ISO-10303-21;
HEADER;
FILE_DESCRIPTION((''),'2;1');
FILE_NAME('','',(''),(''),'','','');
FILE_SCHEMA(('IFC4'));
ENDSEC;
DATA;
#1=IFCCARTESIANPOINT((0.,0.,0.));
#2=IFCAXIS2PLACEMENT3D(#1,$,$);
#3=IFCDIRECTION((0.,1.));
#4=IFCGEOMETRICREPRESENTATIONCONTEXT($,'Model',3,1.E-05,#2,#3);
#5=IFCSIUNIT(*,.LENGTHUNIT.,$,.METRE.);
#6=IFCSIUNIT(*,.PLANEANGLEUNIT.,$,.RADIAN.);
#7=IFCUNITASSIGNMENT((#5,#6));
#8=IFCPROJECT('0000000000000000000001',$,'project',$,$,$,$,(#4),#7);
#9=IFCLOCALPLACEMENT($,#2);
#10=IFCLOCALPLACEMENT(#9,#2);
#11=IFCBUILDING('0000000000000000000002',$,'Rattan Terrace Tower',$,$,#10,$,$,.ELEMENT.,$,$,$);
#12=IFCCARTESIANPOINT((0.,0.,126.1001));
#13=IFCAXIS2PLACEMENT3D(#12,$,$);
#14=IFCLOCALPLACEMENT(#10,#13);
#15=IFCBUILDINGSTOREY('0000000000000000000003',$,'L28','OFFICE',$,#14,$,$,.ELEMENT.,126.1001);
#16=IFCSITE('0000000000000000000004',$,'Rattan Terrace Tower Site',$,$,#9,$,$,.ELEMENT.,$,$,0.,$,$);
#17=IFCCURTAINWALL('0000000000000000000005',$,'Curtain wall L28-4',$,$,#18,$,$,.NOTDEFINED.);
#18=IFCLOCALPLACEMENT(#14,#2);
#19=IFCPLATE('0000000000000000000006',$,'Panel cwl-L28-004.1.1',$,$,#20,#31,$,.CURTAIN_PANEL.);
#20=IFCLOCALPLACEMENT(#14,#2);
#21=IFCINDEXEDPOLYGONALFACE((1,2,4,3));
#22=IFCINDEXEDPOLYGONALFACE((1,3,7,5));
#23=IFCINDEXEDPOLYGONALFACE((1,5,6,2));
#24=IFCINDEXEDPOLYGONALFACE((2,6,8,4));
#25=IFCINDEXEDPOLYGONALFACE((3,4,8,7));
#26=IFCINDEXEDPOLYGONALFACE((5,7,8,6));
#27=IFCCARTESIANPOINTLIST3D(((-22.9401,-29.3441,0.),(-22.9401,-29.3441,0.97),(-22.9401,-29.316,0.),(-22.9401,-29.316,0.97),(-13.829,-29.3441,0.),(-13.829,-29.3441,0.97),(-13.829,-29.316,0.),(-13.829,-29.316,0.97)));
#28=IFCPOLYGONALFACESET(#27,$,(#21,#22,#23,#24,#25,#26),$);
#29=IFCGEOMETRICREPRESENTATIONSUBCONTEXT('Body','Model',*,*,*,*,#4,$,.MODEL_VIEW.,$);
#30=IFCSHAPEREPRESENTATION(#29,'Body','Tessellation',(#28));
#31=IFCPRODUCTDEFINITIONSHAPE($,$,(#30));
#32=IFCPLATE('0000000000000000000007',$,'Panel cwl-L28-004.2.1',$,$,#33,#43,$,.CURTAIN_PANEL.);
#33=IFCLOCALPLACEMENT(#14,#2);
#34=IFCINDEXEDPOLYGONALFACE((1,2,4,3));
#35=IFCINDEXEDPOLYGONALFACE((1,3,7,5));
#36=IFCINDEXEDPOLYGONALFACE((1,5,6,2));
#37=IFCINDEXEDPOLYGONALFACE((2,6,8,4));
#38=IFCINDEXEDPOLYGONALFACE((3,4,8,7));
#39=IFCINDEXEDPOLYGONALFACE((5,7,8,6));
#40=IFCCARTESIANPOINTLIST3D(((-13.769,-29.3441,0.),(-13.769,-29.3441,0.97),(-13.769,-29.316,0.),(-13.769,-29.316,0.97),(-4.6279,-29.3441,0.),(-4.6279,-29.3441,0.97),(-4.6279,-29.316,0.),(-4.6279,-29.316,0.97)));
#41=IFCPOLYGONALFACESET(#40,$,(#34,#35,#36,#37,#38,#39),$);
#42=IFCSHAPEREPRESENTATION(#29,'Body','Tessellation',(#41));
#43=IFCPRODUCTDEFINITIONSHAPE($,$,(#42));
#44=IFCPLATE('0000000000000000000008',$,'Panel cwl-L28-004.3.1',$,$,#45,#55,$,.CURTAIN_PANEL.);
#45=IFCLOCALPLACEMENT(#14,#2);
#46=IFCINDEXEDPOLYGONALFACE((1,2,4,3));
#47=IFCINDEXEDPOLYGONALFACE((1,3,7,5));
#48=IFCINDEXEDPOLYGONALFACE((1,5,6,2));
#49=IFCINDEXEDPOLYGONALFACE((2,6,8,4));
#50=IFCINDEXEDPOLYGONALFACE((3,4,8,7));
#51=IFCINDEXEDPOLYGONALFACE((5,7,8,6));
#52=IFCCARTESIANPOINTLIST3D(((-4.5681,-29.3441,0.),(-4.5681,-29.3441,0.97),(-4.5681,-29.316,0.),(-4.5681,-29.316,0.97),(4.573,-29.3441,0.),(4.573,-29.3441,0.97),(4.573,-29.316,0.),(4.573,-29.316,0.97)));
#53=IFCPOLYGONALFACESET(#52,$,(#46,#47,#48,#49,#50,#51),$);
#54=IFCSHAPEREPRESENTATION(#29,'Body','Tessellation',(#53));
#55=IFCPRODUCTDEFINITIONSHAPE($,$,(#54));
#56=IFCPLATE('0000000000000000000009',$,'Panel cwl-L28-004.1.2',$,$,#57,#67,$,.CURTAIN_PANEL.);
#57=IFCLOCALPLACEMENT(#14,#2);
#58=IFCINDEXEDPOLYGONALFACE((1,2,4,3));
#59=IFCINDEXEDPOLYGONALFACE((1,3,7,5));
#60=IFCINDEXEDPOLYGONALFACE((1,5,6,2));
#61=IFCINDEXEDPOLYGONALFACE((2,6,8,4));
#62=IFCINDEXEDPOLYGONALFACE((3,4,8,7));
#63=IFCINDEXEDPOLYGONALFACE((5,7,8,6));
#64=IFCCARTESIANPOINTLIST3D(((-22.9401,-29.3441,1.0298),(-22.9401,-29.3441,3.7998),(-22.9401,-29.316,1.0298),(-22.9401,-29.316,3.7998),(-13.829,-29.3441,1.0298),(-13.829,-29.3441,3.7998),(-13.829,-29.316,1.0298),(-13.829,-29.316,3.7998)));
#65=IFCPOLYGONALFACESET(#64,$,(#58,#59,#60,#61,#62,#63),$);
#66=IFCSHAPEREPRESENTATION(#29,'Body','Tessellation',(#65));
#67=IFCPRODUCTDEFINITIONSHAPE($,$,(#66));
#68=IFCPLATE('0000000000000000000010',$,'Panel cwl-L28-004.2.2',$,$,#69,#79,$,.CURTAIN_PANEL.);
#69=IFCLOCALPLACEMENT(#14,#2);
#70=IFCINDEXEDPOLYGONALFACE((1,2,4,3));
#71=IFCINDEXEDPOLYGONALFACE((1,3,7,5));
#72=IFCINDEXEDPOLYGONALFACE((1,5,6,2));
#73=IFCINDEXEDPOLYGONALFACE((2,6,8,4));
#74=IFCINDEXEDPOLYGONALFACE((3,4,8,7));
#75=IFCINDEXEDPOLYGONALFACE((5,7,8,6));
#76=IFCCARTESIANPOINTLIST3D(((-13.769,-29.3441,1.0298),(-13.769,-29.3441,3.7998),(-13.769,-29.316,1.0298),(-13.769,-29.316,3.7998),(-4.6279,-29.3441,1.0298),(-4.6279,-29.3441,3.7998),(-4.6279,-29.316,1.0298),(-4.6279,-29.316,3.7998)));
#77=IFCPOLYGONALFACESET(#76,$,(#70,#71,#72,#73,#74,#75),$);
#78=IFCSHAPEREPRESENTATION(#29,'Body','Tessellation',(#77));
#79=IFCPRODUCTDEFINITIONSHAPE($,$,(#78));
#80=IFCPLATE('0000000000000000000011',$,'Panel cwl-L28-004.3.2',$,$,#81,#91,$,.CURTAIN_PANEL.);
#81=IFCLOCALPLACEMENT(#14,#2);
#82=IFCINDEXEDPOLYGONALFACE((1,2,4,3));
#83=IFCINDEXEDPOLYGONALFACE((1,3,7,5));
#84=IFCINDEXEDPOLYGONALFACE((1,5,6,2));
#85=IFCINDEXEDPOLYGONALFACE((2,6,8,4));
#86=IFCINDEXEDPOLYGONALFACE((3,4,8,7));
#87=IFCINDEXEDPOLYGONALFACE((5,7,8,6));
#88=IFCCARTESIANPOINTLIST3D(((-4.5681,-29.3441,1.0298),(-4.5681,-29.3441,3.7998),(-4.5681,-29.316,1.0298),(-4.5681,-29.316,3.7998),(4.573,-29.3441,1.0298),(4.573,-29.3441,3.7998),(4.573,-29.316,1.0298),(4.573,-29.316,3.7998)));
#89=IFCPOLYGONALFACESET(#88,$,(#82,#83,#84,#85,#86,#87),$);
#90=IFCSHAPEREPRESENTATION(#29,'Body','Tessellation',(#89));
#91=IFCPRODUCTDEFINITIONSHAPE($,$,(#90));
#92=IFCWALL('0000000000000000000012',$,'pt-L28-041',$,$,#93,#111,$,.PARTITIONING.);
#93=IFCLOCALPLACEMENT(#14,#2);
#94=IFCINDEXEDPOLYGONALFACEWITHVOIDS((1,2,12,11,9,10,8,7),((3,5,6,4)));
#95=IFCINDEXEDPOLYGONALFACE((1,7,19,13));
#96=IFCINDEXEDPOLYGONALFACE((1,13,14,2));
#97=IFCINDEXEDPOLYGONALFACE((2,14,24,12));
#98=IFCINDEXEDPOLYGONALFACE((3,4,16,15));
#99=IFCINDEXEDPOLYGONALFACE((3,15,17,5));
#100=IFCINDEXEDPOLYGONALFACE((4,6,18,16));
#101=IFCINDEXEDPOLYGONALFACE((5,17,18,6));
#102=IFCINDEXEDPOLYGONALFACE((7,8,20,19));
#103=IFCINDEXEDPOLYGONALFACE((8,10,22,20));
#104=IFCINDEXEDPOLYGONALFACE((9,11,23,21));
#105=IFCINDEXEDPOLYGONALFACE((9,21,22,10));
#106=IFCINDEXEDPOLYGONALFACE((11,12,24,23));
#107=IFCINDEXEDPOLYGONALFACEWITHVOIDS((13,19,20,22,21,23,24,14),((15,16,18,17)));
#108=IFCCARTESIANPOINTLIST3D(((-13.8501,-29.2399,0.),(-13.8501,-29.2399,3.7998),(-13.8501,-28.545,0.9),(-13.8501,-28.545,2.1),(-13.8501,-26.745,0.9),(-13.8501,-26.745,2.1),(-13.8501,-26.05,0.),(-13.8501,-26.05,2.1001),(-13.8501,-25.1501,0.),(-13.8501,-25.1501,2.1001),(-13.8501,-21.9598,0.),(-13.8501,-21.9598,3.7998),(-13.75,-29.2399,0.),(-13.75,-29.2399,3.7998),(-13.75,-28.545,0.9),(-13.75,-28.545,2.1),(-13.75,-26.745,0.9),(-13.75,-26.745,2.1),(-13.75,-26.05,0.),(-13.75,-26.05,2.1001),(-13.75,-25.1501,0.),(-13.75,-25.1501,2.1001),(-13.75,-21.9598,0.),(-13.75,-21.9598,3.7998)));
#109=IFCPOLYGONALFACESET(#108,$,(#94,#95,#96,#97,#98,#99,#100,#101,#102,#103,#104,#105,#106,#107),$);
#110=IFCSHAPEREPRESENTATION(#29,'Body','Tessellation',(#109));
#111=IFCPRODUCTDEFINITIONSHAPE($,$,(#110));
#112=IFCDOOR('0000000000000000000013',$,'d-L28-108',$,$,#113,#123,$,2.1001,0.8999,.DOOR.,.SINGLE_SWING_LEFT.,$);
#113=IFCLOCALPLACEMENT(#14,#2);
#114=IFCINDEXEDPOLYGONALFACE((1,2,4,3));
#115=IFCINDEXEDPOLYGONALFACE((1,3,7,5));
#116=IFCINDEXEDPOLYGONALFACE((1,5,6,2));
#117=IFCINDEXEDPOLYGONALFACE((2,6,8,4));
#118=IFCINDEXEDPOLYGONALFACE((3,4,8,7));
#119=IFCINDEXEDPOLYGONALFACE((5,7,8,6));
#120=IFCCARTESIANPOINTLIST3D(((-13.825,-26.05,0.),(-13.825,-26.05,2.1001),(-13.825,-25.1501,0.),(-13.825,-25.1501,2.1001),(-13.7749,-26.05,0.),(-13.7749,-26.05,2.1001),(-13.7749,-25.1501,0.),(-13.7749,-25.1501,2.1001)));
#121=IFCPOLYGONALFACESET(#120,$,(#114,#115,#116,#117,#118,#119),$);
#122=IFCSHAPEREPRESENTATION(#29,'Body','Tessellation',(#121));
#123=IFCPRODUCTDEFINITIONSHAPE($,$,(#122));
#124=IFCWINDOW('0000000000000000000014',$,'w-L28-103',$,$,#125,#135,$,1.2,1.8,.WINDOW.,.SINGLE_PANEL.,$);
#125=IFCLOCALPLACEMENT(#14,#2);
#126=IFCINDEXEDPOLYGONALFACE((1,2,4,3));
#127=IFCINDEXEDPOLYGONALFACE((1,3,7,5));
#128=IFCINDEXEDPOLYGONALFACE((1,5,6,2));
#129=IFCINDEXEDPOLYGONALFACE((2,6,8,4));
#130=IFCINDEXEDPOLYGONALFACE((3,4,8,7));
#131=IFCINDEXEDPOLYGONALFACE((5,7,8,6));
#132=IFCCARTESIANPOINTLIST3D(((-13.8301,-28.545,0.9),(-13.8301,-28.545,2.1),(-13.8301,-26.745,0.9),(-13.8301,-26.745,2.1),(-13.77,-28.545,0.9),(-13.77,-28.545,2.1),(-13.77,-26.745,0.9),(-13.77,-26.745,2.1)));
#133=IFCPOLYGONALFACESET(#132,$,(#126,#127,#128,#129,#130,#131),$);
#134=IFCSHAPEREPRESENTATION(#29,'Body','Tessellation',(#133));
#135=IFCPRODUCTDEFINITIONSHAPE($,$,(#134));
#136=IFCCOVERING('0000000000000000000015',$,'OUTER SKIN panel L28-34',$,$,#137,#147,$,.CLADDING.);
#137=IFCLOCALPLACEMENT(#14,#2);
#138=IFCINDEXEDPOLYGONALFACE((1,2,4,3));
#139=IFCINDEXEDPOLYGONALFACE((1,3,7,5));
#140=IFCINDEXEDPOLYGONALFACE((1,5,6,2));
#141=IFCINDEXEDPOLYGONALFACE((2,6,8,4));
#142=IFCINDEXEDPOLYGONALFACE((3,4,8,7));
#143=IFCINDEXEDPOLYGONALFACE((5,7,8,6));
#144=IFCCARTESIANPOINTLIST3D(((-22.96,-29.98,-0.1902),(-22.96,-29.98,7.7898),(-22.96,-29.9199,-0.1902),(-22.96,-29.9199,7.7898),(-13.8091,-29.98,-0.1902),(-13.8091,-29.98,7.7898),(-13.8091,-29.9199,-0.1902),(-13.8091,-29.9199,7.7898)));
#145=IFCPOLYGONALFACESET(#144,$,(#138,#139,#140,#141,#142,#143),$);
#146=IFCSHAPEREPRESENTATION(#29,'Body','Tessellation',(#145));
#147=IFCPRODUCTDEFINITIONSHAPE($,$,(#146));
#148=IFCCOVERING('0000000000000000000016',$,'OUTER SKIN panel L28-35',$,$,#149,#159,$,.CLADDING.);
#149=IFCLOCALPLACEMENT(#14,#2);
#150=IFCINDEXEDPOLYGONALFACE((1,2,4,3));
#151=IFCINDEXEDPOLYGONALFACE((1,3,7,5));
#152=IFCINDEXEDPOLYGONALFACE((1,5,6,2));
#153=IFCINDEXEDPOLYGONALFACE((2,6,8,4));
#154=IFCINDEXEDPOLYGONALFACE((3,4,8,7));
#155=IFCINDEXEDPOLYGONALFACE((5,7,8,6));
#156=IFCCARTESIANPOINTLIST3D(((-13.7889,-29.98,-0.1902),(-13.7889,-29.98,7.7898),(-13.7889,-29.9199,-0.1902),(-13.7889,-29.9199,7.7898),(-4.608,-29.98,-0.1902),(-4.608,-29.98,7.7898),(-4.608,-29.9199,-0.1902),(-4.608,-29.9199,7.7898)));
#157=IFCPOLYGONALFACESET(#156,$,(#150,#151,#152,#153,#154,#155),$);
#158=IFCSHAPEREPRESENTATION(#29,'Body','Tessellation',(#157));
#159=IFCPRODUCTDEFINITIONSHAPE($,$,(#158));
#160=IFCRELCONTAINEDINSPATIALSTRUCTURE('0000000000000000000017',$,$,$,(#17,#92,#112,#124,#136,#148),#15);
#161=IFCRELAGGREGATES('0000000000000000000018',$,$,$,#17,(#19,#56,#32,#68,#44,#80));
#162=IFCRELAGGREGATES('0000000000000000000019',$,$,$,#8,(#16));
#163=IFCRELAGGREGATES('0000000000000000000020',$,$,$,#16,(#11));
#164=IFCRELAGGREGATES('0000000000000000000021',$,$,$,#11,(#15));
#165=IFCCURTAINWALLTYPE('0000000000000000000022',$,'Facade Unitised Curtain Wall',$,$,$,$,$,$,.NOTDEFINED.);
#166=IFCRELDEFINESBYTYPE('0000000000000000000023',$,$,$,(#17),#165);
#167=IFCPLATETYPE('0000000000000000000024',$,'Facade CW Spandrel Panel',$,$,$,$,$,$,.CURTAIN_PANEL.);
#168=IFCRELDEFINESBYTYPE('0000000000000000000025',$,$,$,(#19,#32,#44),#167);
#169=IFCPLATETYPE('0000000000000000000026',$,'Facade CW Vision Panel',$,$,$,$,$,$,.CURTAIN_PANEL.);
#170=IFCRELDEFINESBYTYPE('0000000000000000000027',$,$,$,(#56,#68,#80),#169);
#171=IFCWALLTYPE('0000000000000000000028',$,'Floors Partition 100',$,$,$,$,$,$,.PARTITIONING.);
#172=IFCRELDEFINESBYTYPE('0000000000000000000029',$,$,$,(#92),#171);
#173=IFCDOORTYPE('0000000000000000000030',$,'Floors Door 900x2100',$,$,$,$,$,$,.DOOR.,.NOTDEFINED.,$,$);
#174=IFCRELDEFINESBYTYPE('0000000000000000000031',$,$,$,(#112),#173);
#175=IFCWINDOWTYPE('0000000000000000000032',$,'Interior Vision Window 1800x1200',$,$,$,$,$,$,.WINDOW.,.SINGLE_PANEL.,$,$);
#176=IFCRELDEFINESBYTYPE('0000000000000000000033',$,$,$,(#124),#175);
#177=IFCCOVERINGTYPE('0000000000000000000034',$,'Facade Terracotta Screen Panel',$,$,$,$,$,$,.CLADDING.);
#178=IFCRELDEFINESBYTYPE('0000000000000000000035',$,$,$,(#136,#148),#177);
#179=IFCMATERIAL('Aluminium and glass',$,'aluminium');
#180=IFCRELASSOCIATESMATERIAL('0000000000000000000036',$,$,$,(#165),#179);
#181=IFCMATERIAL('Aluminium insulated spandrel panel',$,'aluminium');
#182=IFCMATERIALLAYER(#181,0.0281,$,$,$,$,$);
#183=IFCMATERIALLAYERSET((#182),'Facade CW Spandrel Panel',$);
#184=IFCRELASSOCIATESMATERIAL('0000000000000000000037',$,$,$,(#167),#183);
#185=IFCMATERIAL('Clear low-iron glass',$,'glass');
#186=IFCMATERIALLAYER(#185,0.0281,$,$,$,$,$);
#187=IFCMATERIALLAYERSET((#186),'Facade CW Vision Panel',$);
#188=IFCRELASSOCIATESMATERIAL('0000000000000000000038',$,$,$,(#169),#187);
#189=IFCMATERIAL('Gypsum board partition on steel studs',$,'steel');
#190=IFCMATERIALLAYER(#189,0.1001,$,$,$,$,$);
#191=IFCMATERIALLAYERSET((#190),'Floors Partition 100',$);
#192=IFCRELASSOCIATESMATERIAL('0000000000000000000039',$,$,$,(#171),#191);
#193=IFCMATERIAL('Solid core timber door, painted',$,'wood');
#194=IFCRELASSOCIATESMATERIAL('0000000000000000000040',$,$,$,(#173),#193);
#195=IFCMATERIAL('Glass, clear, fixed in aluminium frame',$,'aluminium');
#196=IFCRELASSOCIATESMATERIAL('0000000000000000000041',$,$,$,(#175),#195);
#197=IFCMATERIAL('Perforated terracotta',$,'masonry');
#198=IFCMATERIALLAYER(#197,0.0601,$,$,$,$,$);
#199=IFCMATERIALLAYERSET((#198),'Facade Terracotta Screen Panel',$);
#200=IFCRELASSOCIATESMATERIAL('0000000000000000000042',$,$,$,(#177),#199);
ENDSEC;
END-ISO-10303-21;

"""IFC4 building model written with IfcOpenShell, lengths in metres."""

from ifc_helpers import new_model, si_unit, direction, frame, frame_2d, origin, origin_2d, place, context, subcontext, project, spatial, rectangle, extrude, material, layer, layer_set, type_object, element, fill, aggregate, save


model = new_model("IFC4")

# Units and contexts
model_context = context("Model", 3, precision=1e-05, world=origin(), true_north=direction((0.0, 1.0)))
body_context = subcontext(model_context, "Body", "Model", "MODEL_VIEW")
ifc_project = project(units=[si_unit("LENGTHUNIT", "METRE"), si_unit("PLANEANGLEUNIT", "RADIAN")], contexts=[model_context])

# Site, building, storey
site_placement = place(None, origin())
site = spatial("IfcSite", under=ifc_project, at=site_placement, Name="Rattan Terrace Tower Site", CompositionType="ELEMENT", RefElevation=0.0)
building_placement = place(site_placement, origin())
building = spatial("IfcBuilding", under=site, at=building_placement, Name="Rattan Terrace Tower", CompositionType="ELEMENT")
storey_placement = place(building_placement, frame((0.0, 0.0, 126.1001)))
storey = spatial("IfcBuildingStorey", under=building, at=storey_placement, Name="L28", Description="OFFICE", CompositionType="ELEMENT", Elevation=126.1001)

# Curtain wall
ifc_material_1 = material(Name="Aluminium and glass", Category="aluminium")
curtain_wall_type = type_object("IfcCurtainWallType", Name="Facade Unitised Curtain Wall", PredefinedType="NOTDEFINED", material=ifc_material_1)
curtain_wall_placement = place(storey_placement, origin())
curtain_wall = element("IfcCurtainWall", 1, at=curtain_wall_placement, inside=storey, type_object=curtain_wall_type, Name="Curtain wall L28-4", PredefinedType="NOTDEFINED")

# Plates
ifc_material_2 = material(Name="Aluminium insulated spandrel panel", Category="aluminium")
ifc_layer_1 = layer(ifc_material_2, 0.0281)
ifc_layer_set_1 = layer_set([ifc_layer_1], Name="Facade CW Spandrel Panel")
plate_type_1 = type_object("IfcPlateType", Name="Facade CW Spandrel Panel", PredefinedType="CURTAIN_PANEL", material=ifc_layer_set_1)
plate_1_placement = place(storey_placement, frame((-18.3845, -29.3301, 0.0), z_axis=(0.0, 0.0, 1.0), x_axis=(1.0, 0.0, 0.0)))
plate_1 = element("IfcPlate", 2, at=plate_1_placement, type_object=plate_type_1, Name="Panel cwl-L28-004.1.1", PredefinedType="CURTAIN_PANEL", context=body_context, shape_type="SweptSolid", body=[
    extrude(rectangle(XDim=9.1111, YDim=0.0281, at=origin_2d()), origin(), (0.0, 0.0, 1.0), 0.97),
])
plate_2_placement = place(storey_placement, frame((-9.1985, -29.3301, 0.0), z_axis=(0.0, 0.0, 1.0), x_axis=(1.0, 0.0, 0.0)))
plate_2 = element("IfcPlate", 3, at=plate_2_placement, type_object=plate_type_1, Name="Panel cwl-L28-004.2.1", PredefinedType="CURTAIN_PANEL", context=body_context, shape_type="SweptSolid", body=[
    extrude(rectangle(XDim=9.1411, YDim=0.0281, at=origin_2d()), origin(), (0.0, 0.0, 1.0), 0.97),
])
plate_3_placement = place(storey_placement, frame((0.0024, -29.3301, 0.0), z_axis=(0.0, 0.0, 1.0), x_axis=(1.0, 0.0, 0.0)))
plate_3 = element("IfcPlate", 4, at=plate_3_placement, type_object=plate_type_1, Name="Panel cwl-L28-004.3.1", PredefinedType="CURTAIN_PANEL", context=body_context, shape_type="SweptSolid", body=[
    extrude(rectangle(XDim=9.1411, YDim=0.0281, at=origin_2d()), origin(), (0.0, 0.0, 1.0), 0.97),
])
ifc_material_3 = material(Name="Clear low-iron glass", Category="glass")
ifc_layer_2 = layer(ifc_material_3, 0.0281)
ifc_layer_set_2 = layer_set([ifc_layer_2], Name="Facade CW Vision Panel")
plate_type_2 = type_object("IfcPlateType", Name="Facade CW Vision Panel", PredefinedType="CURTAIN_PANEL", material=ifc_layer_set_2)
plate_4_placement = place(storey_placement, frame((-18.3845, -29.3301, 1.0298), z_axis=(0.0, 0.0, 1.0), x_axis=(1.0, 0.0, 0.0)))
plate_4 = element("IfcPlate", 5, at=plate_4_placement, type_object=plate_type_2, Name="Panel cwl-L28-004.1.2", PredefinedType="CURTAIN_PANEL", context=body_context, shape_type="SweptSolid", body=[
    extrude(rectangle(XDim=9.1111, YDim=0.0281, at=origin_2d()), origin(), (0.0, 0.0, 1.0), 2.77),
])
plate_5_placement = place(storey_placement, frame((-9.1985, -29.3301, 1.0298), z_axis=(0.0, 0.0, 1.0), x_axis=(1.0, 0.0, 0.0)))
plate_5 = element("IfcPlate", 6, at=plate_5_placement, type_object=plate_type_2, Name="Panel cwl-L28-004.2.2", PredefinedType="CURTAIN_PANEL", context=body_context, shape_type="SweptSolid", body=[
    extrude(rectangle(XDim=9.1411, YDim=0.0281, at=origin_2d()), origin(), (0.0, 0.0, 1.0), 2.77),
])
plate_6_placement = place(storey_placement, frame((0.0024, -29.3301, 1.0298), z_axis=(0.0, 0.0, 1.0), x_axis=(1.0, 0.0, 0.0)))
plate_6 = element("IfcPlate", 7, at=plate_6_placement, type_object=plate_type_2, Name="Panel cwl-L28-004.3.2", PredefinedType="CURTAIN_PANEL", context=body_context, shape_type="SweptSolid", body=[
    extrude(rectangle(XDim=9.1411, YDim=0.0281, at=origin_2d()), origin(), (0.0, 0.0, 1.0), 2.77),
])
aggregate(curtain_wall, [plate_1, plate_4, plate_2, plate_5, plate_3, plate_6])

# Wall, openings, door, window
ifc_material_4 = material(Name="Gypsum board partition on steel studs", Category="steel")
ifc_layer_3 = layer(ifc_material_4, 0.1001)
ifc_layer_set_3 = layer_set([ifc_layer_3], Name="Floors Partition 100")
wall_type = type_object("IfcWallType", Name="Floors Partition 100", PredefinedType="PARTITIONING", material=ifc_layer_set_3)
wall_placement = place(storey_placement, frame((-13.8, -29.24, 0.0), z_axis=(0.0, 0.0, 1.0), x_axis=(0.0, 1.0, 0.0)))
wall = element("IfcWall", 8, at=wall_placement, inside=storey, type_object=wall_type, Name="pt-L28-041", PredefinedType="PARTITIONING", context=body_context, shape_type="SweptSolid", body=[
    extrude(rectangle(XDim=7.28, YDim=0.1001, at=frame_2d((3.6401, 0.0))), origin(), (0.0, 0.0, 1.0), 3.7998),
])
opening_1_placement = place(wall_placement, frame((3.1899, 0.0, 0.0)))
opening_1 = element("IfcOpeningElement", 9, at=opening_1_placement, cuts=wall, PredefinedType="OPENING", context=body_context, shape_type="SweptSolid", body=[
    extrude(rectangle(XDim=0.8999, YDim=2.1001, at=frame_2d((0.45, 1.05))), frame((0.0, 0.0605, 0.0), z_axis=(0.0, -1.0, 0.0), x_axis=(1.0, 0.0, 0.0)), (0.0, 0.0, 1.0), 0.1211),
])
opening_2_placement = place(wall_placement, frame((0.6951, 0.0, 0.8999)))
opening_2 = element("IfcOpeningElement", 10, at=opening_2_placement, cuts=wall, PredefinedType="OPENING", context=body_context, shape_type="SweptSolid", body=[
    extrude(rectangle(XDim=1.8, YDim=1.2, at=frame_2d((0.8999, 0.6001))), frame((0.0, 0.0605, 0.0), z_axis=(0.0, -1.0, 0.0), x_axis=(1.0, 0.0, 0.0)), (0.0, 0.0, 1.0), 0.1211),
])
ifc_material_5 = material(Name="Solid core timber door, painted", Category="wood")
door_type = type_object("IfcDoorType", Name="Floors Door 900x2100", OperationType="NOTDEFINED", PredefinedType="DOOR", material=ifc_material_5)
door_placement = place(opening_1_placement, origin())
door = element("IfcDoor", 11, at=door_placement, inside=storey, type_object=door_type, Name="d-L28-108", OperationType="SINGLE_SWING_LEFT", OverallHeight=2.1001, OverallWidth=0.8999, PredefinedType="DOOR", context=body_context, shape_type="SweptSolid", body=[
    extrude(rectangle(XDim=0.8999, YDim=2.1001, at=frame_2d((0.45, 1.05))), frame((0.0, 0.0249, 0.0), z_axis=(0.0, -1.0, 0.0), x_axis=(1.0, 0.0, 0.0)), (0.0, 0.0, 1.0), 0.05),
])
fill(opening_1, door)
ifc_material_6 = material(Name="Glass, clear, fixed in aluminium frame", Category="aluminium")
window_type = type_object("IfcWindowType", Name="Interior Vision Window 1800x1200", PartitioningType="SINGLE_PANEL", PredefinedType="WINDOW", material=ifc_material_6)
window_placement = place(opening_2_placement, origin())
window = element("IfcWindow", 12, at=window_placement, inside=storey, type_object=window_type, Name="w-L28-103", OverallHeight=1.2, OverallWidth=1.8, PartitioningType="SINGLE_PANEL", PredefinedType="WINDOW", context=body_context, shape_type="SweptSolid", body=[
    extrude(rectangle(XDim=1.8, YDim=1.2, at=frame_2d((0.8999, 0.6001))), frame((0.0, 0.03, 0.0), z_axis=(0.0, -1.0, 0.0), x_axis=(1.0, 0.0, 0.0)), (0.0, 0.0, 1.0), 0.0601),
])
fill(opening_2, window)

# Coverings
ifc_material_7 = material(Name="Perforated terracotta", Category="masonry")
ifc_layer_4 = layer(ifc_material_7, 0.0601)
ifc_layer_set_4 = layer_set([ifc_layer_4], Name="Facade Terracotta Screen Panel")
covering_type = type_object("IfcCoveringType", Name="Facade Terracotta Screen Panel", PredefinedType="CLADDING", material=ifc_layer_set_4)
covering_1_placement = place(storey_placement, frame((-18.3845, -29.95, -0.1902), z_axis=(0.0, 0.0, 1.0), x_axis=(1.0, 0.0, 0.0)))
element("IfcCovering", 13, at=covering_1_placement, inside=storey, type_object=covering_type, Name="OUTER SKIN panel L28-34", PredefinedType="CLADDING", context=body_context, shape_type="SweptSolid", body=[
    extrude(rectangle(XDim=9.1509, YDim=0.0601, at=origin_2d()), origin(), (0.0, 0.0, 1.0), 7.98),
])
covering_2_placement = place(storey_placement, frame((-9.1985, -29.95, -0.1902), z_axis=(0.0, 0.0, 1.0), x_axis=(1.0, 0.0, 0.0)))
element("IfcCovering", 14, at=covering_2_placement, inside=storey, type_object=covering_type, Name="OUTER SKIN panel L28-35", PredefinedType="CLADDING", context=body_context, shape_type="SweptSolid", body=[
    extrude(rectangle(XDim=9.1809, YDim=0.0601, at=origin_2d()), origin(), (0.0, 0.0, 1.0), 7.98),
])

save(model, "model.ifc")
